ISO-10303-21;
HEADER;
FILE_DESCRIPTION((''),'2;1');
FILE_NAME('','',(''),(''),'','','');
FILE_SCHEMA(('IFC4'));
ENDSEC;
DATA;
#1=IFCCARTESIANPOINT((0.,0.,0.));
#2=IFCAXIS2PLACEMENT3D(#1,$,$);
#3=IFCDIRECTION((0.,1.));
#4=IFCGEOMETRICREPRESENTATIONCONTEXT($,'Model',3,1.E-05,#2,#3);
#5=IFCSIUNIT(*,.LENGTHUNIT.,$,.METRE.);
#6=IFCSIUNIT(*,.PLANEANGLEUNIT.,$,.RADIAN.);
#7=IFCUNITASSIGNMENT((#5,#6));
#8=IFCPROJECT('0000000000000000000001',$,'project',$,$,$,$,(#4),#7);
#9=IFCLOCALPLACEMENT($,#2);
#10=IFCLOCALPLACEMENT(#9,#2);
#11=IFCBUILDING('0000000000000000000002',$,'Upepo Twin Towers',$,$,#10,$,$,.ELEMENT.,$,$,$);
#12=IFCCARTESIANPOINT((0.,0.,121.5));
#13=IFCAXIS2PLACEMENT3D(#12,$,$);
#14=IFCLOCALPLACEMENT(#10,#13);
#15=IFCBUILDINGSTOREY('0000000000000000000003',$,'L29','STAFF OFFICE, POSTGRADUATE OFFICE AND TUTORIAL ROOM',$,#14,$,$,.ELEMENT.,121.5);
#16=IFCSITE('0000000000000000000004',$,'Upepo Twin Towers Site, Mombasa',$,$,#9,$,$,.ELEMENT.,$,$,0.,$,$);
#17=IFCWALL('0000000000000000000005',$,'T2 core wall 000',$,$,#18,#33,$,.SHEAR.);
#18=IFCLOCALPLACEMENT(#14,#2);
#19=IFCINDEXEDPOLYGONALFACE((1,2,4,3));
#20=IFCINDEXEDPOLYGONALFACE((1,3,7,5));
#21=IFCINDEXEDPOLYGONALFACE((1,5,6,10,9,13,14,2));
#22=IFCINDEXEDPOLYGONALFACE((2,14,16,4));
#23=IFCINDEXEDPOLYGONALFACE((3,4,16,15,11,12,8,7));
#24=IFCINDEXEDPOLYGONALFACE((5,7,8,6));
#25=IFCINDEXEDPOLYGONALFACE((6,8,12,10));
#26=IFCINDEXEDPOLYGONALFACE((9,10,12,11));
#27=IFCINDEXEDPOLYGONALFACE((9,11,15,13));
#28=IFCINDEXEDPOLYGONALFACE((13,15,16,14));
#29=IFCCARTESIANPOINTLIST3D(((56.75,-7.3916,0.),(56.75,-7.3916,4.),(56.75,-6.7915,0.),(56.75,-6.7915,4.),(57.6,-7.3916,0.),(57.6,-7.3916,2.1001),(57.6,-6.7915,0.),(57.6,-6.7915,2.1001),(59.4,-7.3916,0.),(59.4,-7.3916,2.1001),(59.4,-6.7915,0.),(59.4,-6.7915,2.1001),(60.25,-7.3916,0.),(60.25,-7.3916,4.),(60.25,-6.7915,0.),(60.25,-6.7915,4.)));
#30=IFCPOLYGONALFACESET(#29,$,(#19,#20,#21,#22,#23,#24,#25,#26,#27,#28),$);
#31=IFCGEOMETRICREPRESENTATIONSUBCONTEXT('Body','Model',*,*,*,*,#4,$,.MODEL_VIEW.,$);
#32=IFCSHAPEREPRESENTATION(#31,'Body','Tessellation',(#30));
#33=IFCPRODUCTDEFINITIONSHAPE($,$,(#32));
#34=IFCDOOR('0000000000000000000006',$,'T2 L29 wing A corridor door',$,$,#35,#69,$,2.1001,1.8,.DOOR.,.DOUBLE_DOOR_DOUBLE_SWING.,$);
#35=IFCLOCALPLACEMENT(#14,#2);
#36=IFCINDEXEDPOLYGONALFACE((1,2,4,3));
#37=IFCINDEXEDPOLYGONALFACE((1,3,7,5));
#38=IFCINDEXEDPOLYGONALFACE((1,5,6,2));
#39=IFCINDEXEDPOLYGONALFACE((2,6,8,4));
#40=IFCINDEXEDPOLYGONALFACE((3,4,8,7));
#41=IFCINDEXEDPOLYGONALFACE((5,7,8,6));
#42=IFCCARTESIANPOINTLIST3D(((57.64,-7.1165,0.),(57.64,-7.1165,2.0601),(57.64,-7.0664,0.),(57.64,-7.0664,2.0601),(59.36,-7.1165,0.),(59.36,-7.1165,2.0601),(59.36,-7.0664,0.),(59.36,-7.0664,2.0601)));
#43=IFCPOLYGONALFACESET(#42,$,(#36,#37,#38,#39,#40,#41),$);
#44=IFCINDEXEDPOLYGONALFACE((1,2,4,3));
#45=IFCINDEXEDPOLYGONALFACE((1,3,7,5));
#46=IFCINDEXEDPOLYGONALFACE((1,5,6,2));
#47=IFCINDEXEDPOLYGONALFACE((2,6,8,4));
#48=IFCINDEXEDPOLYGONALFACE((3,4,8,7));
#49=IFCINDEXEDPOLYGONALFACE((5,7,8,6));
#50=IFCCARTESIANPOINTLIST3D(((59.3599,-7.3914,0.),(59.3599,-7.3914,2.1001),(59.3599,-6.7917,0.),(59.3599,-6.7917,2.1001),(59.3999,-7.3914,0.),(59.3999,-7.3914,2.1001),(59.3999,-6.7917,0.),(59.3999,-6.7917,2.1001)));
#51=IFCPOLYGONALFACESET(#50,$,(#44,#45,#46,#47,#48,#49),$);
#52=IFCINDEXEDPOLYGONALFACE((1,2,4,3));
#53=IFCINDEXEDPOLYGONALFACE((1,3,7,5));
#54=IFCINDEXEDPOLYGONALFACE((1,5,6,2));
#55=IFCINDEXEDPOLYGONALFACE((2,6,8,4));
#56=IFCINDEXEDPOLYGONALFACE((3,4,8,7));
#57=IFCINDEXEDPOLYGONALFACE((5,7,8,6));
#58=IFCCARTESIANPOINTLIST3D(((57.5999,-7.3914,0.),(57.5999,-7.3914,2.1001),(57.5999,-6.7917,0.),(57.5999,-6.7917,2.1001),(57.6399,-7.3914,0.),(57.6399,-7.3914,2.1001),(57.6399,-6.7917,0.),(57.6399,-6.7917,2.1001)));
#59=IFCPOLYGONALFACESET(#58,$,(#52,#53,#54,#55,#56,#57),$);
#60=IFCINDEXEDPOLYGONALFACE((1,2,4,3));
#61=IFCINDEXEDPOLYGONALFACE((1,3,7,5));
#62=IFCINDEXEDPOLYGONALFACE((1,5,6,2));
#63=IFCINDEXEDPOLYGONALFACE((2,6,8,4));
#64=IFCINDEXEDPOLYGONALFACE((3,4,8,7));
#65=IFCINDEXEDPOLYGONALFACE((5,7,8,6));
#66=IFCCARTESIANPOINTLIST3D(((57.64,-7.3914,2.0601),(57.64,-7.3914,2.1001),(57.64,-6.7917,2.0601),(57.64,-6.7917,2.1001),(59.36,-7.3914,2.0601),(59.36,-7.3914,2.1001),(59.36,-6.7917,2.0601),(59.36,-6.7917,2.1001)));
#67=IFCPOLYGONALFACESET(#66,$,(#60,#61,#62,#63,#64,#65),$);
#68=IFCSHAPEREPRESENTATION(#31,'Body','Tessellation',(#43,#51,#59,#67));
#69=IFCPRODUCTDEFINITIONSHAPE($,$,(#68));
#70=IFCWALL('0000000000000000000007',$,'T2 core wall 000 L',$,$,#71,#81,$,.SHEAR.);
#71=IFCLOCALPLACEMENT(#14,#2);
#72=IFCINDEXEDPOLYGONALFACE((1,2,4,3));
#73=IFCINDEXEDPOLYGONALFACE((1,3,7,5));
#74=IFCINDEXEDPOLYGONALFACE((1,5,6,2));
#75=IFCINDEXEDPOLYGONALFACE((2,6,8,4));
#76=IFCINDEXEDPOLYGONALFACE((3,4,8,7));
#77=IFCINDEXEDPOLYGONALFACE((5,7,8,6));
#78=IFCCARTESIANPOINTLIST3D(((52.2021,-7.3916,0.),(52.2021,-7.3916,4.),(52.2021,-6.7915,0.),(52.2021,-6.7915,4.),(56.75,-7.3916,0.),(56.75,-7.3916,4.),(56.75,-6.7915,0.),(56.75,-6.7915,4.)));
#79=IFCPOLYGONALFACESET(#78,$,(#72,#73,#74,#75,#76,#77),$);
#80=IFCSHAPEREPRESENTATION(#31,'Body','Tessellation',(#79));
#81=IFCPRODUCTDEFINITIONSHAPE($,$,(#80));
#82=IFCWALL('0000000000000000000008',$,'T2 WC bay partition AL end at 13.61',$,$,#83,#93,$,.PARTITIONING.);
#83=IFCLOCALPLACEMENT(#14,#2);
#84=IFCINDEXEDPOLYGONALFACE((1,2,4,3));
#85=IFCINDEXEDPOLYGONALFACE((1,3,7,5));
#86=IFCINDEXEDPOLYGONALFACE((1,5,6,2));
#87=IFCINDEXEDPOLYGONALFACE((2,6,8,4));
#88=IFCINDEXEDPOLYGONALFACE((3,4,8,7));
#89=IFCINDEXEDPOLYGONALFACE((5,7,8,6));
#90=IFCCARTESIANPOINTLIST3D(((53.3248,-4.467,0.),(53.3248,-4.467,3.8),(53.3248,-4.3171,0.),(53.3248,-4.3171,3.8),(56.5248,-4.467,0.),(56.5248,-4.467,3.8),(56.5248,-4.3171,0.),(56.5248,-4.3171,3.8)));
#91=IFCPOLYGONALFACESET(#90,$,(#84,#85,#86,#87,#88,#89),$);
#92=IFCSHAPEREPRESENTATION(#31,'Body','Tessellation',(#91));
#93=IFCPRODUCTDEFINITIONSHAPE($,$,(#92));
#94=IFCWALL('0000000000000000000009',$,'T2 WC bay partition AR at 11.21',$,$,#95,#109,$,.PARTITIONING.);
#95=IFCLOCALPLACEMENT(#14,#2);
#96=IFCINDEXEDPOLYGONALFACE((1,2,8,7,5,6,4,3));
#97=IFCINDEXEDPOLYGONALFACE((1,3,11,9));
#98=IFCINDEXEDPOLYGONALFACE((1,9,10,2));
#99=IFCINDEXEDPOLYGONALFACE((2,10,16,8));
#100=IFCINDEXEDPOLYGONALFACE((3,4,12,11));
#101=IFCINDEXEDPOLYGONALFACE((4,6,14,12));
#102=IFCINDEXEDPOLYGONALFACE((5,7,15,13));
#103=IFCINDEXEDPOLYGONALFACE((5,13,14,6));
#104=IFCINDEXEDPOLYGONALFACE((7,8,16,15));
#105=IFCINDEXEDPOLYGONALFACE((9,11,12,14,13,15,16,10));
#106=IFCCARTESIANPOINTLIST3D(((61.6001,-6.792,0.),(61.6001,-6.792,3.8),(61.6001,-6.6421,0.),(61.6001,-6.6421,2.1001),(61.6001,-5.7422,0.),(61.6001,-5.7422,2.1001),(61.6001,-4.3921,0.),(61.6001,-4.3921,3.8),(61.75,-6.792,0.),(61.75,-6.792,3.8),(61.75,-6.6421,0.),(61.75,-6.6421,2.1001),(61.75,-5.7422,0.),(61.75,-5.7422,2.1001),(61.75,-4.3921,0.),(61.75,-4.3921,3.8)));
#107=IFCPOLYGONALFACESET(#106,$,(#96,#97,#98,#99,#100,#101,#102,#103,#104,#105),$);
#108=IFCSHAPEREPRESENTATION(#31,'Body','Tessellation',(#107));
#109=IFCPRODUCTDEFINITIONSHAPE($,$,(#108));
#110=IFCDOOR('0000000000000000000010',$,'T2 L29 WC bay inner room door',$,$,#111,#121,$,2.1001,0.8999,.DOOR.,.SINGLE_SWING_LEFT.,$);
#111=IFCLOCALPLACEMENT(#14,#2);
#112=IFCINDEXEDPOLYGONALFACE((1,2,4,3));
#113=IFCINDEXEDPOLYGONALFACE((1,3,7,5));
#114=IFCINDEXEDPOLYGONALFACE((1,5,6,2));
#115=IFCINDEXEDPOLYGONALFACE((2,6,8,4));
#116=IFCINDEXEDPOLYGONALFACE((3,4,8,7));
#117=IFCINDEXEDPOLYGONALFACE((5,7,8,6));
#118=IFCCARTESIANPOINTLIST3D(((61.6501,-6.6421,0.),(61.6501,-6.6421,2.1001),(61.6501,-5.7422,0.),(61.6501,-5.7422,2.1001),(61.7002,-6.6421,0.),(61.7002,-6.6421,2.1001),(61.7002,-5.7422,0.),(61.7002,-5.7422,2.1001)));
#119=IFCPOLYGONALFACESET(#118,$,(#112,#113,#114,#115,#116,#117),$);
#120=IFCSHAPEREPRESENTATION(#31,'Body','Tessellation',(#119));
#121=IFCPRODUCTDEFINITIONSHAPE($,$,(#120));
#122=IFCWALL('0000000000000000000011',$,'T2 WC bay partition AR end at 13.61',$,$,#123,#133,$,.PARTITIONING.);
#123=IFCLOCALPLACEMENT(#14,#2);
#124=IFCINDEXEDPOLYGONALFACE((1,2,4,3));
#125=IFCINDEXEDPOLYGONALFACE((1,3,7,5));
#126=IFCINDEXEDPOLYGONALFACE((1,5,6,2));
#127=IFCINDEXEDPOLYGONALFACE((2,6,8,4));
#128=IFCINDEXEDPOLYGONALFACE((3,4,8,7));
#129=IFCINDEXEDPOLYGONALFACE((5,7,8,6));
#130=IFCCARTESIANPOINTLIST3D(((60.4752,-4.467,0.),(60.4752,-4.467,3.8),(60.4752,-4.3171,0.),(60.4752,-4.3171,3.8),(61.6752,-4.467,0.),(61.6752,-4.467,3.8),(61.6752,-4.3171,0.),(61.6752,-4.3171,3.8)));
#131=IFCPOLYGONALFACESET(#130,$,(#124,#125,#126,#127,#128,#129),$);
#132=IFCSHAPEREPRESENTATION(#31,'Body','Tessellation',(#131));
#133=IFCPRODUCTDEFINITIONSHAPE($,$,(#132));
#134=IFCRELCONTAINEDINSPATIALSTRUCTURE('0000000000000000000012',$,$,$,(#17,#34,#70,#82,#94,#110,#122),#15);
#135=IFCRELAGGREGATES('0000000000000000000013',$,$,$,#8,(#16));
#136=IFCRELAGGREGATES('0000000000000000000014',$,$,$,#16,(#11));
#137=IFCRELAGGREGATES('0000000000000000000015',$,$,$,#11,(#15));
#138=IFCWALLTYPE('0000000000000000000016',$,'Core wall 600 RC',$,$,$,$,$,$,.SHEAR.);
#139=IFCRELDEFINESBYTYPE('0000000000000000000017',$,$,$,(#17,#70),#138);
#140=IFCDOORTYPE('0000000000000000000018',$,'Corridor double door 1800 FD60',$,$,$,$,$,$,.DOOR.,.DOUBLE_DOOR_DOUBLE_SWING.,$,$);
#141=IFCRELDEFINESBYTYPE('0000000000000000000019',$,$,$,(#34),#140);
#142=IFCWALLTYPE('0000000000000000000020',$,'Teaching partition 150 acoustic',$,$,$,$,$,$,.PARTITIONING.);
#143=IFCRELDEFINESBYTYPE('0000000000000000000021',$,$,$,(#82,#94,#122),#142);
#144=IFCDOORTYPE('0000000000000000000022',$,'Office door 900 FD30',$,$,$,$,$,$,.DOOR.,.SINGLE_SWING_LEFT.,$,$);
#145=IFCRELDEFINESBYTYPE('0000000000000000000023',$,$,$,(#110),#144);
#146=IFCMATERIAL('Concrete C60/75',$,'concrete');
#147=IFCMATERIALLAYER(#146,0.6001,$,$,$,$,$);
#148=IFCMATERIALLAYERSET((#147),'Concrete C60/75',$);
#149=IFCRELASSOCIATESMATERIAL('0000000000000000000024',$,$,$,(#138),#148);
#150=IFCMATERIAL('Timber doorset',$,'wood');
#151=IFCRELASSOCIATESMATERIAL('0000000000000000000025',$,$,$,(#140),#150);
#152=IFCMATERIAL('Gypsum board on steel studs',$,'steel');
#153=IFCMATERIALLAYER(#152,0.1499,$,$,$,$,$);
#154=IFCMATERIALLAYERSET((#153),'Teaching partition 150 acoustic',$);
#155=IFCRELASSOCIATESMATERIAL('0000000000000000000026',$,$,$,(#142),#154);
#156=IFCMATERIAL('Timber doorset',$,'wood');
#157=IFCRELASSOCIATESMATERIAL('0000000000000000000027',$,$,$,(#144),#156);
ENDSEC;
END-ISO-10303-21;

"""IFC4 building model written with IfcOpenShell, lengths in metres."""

from ifc_helpers import new_model, si_unit, direction, frame, frame_2d, origin, place, context, subcontext, project, spatial, rectangle, extrude, material, layer, layer_set, type_object, element, fill, save


model = new_model("IFC4")

# Units and contexts
model_context = context("Model", 3, precision=1e-05, world=origin(), true_north=direction((0.0, 1.0)))
body_context = subcontext(model_context, "Body", "Model", "MODEL_VIEW")
ifc_project = project(units=[si_unit("LENGTHUNIT", "METRE"), si_unit("PLANEANGLEUNIT", "RADIAN")], contexts=[model_context])

# Site, building, storey
site_placement = place(None, origin())
site = spatial("IfcSite", under=ifc_project, at=site_placement, Name="Upepo Twin Towers Site, Mombasa", CompositionType="ELEMENT", RefElevation=0.0)
building_placement = place(site_placement, origin())
building = spatial("IfcBuilding", under=site, at=building_placement, Name="Upepo Twin Towers", CompositionType="ELEMENT")
storey_placement = place(building_placement, frame((0.0, 0.0, 121.5)))
storey = spatial("IfcBuildingStorey", under=building, at=storey_placement, Name="L29", Description="STAFF OFFICE, POSTGRADUATE OFFICE AND TUTORIAL ROOM", CompositionType="ELEMENT", Elevation=121.5)

# Shared definitions
ifc_material_1 = material(Name="Concrete C60/75", Category="concrete")
ifc_layer_1 = layer(ifc_material_1, 0.6001)
ifc_layer_set_1 = layer_set([ifc_layer_1], Name="Concrete C60/75")
wall_type_1 = type_object("IfcWallType", Name="Core wall 600 RC", PredefinedType="SHEAR", material=ifc_layer_set_1)

# Wall, opening, door
wall_1_placement = place(storey_placement, frame((60.25, -7.0916, 0.0), z_axis=(0.0, 0.0, 1.0), x_axis=(-1.0, 0.0, 0.0)))
wall_1 = element("IfcWall", 1, at=wall_1_placement, inside=storey, type_object=wall_type_1, Name="T2 core wall 000", PredefinedType="SHEAR", context=body_context, shape_type="SweptSolid", body=[
    extrude(rectangle(XDim=3.5, YDim=0.6001, at=frame_2d((1.75, 0.0))), origin(), (0.0, 0.0, 1.0), 4.0),
])
opening_1_placement = place(wall_1_placement, frame((0.8501, 0.0, 0.0)))
opening_1 = element("IfcOpeningElement", 2, at=opening_1_placement, cuts=wall_1, PredefinedType="OPENING", context=body_context, shape_type="SweptSolid", body=[
    extrude(rectangle(XDim=1.8, YDim=2.1001, at=frame_2d((0.8999, 1.05))), frame((0.0, 0.3101, 0.0), z_axis=(0.0, -1.0, 0.0), x_axis=(1.0, 0.0, 0.0)), (0.0, 0.0, 1.0), 0.6201),
])
ifc_material_2 = material(Name="Timber doorset", Category="wood")
door_type_1 = type_object("IfcDoorType", Name="Corridor double door 1800 FD60", OperationType="DOUBLE_DOOR_DOUBLE_SWING", PredefinedType="DOOR", material=ifc_material_2)
door_1_placement = place(opening_1_placement, origin())
door_1 = element("IfcDoor", 3, at=door_1_placement, inside=storey, type_object=door_type_1, Name="T2 L29 wing A corridor door", OperationType="DOUBLE_DOOR_DOUBLE_SWING", OverallHeight=2.1001, OverallWidth=1.8, PredefinedType="DOOR", context=body_context, shape_type="SweptSolid", body=[
    extrude(rectangle(XDim=1.72, YDim=2.0601, at=frame_2d((0.8999, 1.03))), frame((0.0, 0.0249, 0.0), z_axis=(0.0, -1.0, 0.0), x_axis=(1.0, 0.0, 0.0)), (0.0, 0.0, 1.0), 0.05),
    extrude(rectangle(XDim=0.04, YDim=2.1001, at=frame_2d((0.02, 1.05))), frame((0.0, 0.2998, 0.0), z_axis=(0.0, -1.0, 0.0), x_axis=(1.0, 0.0, 0.0)), (0.0, 0.0, 1.0), 0.5996),
    extrude(rectangle(XDim=0.04, YDim=2.1001, at=frame_2d((1.78, 1.05))), frame((0.0, 0.2998, 0.0), z_axis=(0.0, -1.0, 0.0), x_axis=(1.0, 0.0, 0.0)), (0.0, 0.0, 1.0), 0.5996),
    extrude(rectangle(XDim=1.72, YDim=0.04, at=frame_2d((0.8999, 2.0801))), frame((0.0, 0.2998, 0.0), z_axis=(0.0, -1.0, 0.0), x_axis=(1.0, 0.0, 0.0)), (0.0, 0.0, 1.0), 0.5996),
])
fill(opening_1, door_1)

# Walls
wall_2_placement = place(storey_placement, frame((56.75, -7.0916, 0.0), z_axis=(0.0, 0.0, 1.0), x_axis=(-1.0, 0.0, 0.0)))
element("IfcWall", 4, at=wall_2_placement, inside=storey, type_object=wall_type_1, Name="T2 core wall 000 L", PredefinedType="SHEAR", context=body_context, shape_type="SweptSolid", body=[
    extrude(rectangle(XDim=4.5479, YDim=0.6001, at=frame_2d((2.2739, 0.0))), origin(), (0.0, 0.0, 1.0), 4.0),
])
ifc_material_3 = material(Name="Gypsum board on steel studs", Category="steel")
ifc_layer_2 = layer(ifc_material_3, 0.1499)
ifc_layer_set_2 = layer_set([ifc_layer_2], Name="Teaching partition 150 acoustic")
wall_type_2 = type_object("IfcWallType", Name="Teaching partition 150 acoustic", PredefinedType="PARTITIONING", material=ifc_layer_set_2)
wall_3_placement = place(storey_placement, frame((56.5249, -4.3921, 0.0), z_axis=(0.0, 0.0, 1.0), x_axis=(-1.0, 0.0, 0.0)))
element("IfcWall", 5, at=wall_3_placement, inside=storey, type_object=wall_type_2, Name="T2 WC bay partition AL end at 13.61", PredefinedType="PARTITIONING", context=body_context, shape_type="SweptSolid", body=[
    extrude(rectangle(XDim=3.2, YDim=0.1499, at=frame_2d((1.6001, 0.0))), origin(), (0.0, 0.0, 1.0), 3.8),
])

# Wall, opening, door
wall_4_placement = place(storey_placement, frame((61.675, -6.792, 0.0), z_axis=(0.0, 0.0, 1.0), x_axis=(0.0, 1.0, 0.0)))
wall_4 = element("IfcWall", 6, at=wall_4_placement, inside=storey, type_object=wall_type_2, Name="T2 WC bay partition AR at 11.21", PredefinedType="PARTITIONING", context=body_context, shape_type="SweptSolid", body=[
    extrude(rectangle(XDim=2.3999, YDim=0.1499, at=frame_2d((1.2, 0.0))), origin(), (0.0, 0.0, 1.0), 3.8),
])
opening_2_placement = place(wall_4_placement, frame((0.1499, 0.0, 0.0)))
opening_2 = element("IfcOpeningElement", 7, at=opening_2_placement, cuts=wall_4, PredefinedType="OPENING", context=body_context, shape_type="SweptSolid", body=[
    extrude(rectangle(XDim=0.8999, YDim=2.1001, at=frame_2d((0.45, 1.05))), frame((0.0, 0.085, 0.0), z_axis=(0.0, -1.0, 0.0), x_axis=(1.0, 0.0, 0.0)), (0.0, 0.0, 1.0), 0.1699),
])
ifc_material_4 = material(Name="Timber doorset", Category="wood")
door_type_2 = type_object("IfcDoorType", Name="Office door 900 FD30", OperationType="SINGLE_SWING_LEFT", PredefinedType="DOOR", material=ifc_material_4)
door_2_placement = place(opening_2_placement, origin())
door_2 = element("IfcDoor", 8, at=door_2_placement, inside=storey, type_object=door_type_2, Name="T2 L29 WC bay inner room door", OperationType="SINGLE_SWING_LEFT", OverallHeight=2.1001, OverallWidth=0.8999, PredefinedType="DOOR", context=body_context, shape_type="SweptSolid", body=[
    extrude(rectangle(XDim=0.8999, YDim=2.1001, at=frame_2d((0.45, 1.05))), frame((0.0, 0.0249, 0.0), z_axis=(0.0, -1.0, 0.0), x_axis=(1.0, 0.0, 0.0)), (0.0, 0.0, 1.0), 0.05),
])
fill(opening_2, door_2)

# Wall
wall_5_placement = place(storey_placement, frame((60.4751, -4.3921, 0.0), z_axis=(0.0, 0.0, 1.0), x_axis=(1.0, 0.0, 0.0)))
element("IfcWall", 9, at=wall_5_placement, inside=storey, type_object=wall_type_2, Name="T2 WC bay partition AR end at 13.61", PredefinedType="PARTITIONING", context=body_context, shape_type="SweptSolid", body=[
    extrude(rectangle(XDim=1.2, YDim=0.1499, at=frame_2d((0.6001, 0.0))), origin(), (0.0, 0.0, 1.0), 3.8),
])

save(model, "model.ifc")
